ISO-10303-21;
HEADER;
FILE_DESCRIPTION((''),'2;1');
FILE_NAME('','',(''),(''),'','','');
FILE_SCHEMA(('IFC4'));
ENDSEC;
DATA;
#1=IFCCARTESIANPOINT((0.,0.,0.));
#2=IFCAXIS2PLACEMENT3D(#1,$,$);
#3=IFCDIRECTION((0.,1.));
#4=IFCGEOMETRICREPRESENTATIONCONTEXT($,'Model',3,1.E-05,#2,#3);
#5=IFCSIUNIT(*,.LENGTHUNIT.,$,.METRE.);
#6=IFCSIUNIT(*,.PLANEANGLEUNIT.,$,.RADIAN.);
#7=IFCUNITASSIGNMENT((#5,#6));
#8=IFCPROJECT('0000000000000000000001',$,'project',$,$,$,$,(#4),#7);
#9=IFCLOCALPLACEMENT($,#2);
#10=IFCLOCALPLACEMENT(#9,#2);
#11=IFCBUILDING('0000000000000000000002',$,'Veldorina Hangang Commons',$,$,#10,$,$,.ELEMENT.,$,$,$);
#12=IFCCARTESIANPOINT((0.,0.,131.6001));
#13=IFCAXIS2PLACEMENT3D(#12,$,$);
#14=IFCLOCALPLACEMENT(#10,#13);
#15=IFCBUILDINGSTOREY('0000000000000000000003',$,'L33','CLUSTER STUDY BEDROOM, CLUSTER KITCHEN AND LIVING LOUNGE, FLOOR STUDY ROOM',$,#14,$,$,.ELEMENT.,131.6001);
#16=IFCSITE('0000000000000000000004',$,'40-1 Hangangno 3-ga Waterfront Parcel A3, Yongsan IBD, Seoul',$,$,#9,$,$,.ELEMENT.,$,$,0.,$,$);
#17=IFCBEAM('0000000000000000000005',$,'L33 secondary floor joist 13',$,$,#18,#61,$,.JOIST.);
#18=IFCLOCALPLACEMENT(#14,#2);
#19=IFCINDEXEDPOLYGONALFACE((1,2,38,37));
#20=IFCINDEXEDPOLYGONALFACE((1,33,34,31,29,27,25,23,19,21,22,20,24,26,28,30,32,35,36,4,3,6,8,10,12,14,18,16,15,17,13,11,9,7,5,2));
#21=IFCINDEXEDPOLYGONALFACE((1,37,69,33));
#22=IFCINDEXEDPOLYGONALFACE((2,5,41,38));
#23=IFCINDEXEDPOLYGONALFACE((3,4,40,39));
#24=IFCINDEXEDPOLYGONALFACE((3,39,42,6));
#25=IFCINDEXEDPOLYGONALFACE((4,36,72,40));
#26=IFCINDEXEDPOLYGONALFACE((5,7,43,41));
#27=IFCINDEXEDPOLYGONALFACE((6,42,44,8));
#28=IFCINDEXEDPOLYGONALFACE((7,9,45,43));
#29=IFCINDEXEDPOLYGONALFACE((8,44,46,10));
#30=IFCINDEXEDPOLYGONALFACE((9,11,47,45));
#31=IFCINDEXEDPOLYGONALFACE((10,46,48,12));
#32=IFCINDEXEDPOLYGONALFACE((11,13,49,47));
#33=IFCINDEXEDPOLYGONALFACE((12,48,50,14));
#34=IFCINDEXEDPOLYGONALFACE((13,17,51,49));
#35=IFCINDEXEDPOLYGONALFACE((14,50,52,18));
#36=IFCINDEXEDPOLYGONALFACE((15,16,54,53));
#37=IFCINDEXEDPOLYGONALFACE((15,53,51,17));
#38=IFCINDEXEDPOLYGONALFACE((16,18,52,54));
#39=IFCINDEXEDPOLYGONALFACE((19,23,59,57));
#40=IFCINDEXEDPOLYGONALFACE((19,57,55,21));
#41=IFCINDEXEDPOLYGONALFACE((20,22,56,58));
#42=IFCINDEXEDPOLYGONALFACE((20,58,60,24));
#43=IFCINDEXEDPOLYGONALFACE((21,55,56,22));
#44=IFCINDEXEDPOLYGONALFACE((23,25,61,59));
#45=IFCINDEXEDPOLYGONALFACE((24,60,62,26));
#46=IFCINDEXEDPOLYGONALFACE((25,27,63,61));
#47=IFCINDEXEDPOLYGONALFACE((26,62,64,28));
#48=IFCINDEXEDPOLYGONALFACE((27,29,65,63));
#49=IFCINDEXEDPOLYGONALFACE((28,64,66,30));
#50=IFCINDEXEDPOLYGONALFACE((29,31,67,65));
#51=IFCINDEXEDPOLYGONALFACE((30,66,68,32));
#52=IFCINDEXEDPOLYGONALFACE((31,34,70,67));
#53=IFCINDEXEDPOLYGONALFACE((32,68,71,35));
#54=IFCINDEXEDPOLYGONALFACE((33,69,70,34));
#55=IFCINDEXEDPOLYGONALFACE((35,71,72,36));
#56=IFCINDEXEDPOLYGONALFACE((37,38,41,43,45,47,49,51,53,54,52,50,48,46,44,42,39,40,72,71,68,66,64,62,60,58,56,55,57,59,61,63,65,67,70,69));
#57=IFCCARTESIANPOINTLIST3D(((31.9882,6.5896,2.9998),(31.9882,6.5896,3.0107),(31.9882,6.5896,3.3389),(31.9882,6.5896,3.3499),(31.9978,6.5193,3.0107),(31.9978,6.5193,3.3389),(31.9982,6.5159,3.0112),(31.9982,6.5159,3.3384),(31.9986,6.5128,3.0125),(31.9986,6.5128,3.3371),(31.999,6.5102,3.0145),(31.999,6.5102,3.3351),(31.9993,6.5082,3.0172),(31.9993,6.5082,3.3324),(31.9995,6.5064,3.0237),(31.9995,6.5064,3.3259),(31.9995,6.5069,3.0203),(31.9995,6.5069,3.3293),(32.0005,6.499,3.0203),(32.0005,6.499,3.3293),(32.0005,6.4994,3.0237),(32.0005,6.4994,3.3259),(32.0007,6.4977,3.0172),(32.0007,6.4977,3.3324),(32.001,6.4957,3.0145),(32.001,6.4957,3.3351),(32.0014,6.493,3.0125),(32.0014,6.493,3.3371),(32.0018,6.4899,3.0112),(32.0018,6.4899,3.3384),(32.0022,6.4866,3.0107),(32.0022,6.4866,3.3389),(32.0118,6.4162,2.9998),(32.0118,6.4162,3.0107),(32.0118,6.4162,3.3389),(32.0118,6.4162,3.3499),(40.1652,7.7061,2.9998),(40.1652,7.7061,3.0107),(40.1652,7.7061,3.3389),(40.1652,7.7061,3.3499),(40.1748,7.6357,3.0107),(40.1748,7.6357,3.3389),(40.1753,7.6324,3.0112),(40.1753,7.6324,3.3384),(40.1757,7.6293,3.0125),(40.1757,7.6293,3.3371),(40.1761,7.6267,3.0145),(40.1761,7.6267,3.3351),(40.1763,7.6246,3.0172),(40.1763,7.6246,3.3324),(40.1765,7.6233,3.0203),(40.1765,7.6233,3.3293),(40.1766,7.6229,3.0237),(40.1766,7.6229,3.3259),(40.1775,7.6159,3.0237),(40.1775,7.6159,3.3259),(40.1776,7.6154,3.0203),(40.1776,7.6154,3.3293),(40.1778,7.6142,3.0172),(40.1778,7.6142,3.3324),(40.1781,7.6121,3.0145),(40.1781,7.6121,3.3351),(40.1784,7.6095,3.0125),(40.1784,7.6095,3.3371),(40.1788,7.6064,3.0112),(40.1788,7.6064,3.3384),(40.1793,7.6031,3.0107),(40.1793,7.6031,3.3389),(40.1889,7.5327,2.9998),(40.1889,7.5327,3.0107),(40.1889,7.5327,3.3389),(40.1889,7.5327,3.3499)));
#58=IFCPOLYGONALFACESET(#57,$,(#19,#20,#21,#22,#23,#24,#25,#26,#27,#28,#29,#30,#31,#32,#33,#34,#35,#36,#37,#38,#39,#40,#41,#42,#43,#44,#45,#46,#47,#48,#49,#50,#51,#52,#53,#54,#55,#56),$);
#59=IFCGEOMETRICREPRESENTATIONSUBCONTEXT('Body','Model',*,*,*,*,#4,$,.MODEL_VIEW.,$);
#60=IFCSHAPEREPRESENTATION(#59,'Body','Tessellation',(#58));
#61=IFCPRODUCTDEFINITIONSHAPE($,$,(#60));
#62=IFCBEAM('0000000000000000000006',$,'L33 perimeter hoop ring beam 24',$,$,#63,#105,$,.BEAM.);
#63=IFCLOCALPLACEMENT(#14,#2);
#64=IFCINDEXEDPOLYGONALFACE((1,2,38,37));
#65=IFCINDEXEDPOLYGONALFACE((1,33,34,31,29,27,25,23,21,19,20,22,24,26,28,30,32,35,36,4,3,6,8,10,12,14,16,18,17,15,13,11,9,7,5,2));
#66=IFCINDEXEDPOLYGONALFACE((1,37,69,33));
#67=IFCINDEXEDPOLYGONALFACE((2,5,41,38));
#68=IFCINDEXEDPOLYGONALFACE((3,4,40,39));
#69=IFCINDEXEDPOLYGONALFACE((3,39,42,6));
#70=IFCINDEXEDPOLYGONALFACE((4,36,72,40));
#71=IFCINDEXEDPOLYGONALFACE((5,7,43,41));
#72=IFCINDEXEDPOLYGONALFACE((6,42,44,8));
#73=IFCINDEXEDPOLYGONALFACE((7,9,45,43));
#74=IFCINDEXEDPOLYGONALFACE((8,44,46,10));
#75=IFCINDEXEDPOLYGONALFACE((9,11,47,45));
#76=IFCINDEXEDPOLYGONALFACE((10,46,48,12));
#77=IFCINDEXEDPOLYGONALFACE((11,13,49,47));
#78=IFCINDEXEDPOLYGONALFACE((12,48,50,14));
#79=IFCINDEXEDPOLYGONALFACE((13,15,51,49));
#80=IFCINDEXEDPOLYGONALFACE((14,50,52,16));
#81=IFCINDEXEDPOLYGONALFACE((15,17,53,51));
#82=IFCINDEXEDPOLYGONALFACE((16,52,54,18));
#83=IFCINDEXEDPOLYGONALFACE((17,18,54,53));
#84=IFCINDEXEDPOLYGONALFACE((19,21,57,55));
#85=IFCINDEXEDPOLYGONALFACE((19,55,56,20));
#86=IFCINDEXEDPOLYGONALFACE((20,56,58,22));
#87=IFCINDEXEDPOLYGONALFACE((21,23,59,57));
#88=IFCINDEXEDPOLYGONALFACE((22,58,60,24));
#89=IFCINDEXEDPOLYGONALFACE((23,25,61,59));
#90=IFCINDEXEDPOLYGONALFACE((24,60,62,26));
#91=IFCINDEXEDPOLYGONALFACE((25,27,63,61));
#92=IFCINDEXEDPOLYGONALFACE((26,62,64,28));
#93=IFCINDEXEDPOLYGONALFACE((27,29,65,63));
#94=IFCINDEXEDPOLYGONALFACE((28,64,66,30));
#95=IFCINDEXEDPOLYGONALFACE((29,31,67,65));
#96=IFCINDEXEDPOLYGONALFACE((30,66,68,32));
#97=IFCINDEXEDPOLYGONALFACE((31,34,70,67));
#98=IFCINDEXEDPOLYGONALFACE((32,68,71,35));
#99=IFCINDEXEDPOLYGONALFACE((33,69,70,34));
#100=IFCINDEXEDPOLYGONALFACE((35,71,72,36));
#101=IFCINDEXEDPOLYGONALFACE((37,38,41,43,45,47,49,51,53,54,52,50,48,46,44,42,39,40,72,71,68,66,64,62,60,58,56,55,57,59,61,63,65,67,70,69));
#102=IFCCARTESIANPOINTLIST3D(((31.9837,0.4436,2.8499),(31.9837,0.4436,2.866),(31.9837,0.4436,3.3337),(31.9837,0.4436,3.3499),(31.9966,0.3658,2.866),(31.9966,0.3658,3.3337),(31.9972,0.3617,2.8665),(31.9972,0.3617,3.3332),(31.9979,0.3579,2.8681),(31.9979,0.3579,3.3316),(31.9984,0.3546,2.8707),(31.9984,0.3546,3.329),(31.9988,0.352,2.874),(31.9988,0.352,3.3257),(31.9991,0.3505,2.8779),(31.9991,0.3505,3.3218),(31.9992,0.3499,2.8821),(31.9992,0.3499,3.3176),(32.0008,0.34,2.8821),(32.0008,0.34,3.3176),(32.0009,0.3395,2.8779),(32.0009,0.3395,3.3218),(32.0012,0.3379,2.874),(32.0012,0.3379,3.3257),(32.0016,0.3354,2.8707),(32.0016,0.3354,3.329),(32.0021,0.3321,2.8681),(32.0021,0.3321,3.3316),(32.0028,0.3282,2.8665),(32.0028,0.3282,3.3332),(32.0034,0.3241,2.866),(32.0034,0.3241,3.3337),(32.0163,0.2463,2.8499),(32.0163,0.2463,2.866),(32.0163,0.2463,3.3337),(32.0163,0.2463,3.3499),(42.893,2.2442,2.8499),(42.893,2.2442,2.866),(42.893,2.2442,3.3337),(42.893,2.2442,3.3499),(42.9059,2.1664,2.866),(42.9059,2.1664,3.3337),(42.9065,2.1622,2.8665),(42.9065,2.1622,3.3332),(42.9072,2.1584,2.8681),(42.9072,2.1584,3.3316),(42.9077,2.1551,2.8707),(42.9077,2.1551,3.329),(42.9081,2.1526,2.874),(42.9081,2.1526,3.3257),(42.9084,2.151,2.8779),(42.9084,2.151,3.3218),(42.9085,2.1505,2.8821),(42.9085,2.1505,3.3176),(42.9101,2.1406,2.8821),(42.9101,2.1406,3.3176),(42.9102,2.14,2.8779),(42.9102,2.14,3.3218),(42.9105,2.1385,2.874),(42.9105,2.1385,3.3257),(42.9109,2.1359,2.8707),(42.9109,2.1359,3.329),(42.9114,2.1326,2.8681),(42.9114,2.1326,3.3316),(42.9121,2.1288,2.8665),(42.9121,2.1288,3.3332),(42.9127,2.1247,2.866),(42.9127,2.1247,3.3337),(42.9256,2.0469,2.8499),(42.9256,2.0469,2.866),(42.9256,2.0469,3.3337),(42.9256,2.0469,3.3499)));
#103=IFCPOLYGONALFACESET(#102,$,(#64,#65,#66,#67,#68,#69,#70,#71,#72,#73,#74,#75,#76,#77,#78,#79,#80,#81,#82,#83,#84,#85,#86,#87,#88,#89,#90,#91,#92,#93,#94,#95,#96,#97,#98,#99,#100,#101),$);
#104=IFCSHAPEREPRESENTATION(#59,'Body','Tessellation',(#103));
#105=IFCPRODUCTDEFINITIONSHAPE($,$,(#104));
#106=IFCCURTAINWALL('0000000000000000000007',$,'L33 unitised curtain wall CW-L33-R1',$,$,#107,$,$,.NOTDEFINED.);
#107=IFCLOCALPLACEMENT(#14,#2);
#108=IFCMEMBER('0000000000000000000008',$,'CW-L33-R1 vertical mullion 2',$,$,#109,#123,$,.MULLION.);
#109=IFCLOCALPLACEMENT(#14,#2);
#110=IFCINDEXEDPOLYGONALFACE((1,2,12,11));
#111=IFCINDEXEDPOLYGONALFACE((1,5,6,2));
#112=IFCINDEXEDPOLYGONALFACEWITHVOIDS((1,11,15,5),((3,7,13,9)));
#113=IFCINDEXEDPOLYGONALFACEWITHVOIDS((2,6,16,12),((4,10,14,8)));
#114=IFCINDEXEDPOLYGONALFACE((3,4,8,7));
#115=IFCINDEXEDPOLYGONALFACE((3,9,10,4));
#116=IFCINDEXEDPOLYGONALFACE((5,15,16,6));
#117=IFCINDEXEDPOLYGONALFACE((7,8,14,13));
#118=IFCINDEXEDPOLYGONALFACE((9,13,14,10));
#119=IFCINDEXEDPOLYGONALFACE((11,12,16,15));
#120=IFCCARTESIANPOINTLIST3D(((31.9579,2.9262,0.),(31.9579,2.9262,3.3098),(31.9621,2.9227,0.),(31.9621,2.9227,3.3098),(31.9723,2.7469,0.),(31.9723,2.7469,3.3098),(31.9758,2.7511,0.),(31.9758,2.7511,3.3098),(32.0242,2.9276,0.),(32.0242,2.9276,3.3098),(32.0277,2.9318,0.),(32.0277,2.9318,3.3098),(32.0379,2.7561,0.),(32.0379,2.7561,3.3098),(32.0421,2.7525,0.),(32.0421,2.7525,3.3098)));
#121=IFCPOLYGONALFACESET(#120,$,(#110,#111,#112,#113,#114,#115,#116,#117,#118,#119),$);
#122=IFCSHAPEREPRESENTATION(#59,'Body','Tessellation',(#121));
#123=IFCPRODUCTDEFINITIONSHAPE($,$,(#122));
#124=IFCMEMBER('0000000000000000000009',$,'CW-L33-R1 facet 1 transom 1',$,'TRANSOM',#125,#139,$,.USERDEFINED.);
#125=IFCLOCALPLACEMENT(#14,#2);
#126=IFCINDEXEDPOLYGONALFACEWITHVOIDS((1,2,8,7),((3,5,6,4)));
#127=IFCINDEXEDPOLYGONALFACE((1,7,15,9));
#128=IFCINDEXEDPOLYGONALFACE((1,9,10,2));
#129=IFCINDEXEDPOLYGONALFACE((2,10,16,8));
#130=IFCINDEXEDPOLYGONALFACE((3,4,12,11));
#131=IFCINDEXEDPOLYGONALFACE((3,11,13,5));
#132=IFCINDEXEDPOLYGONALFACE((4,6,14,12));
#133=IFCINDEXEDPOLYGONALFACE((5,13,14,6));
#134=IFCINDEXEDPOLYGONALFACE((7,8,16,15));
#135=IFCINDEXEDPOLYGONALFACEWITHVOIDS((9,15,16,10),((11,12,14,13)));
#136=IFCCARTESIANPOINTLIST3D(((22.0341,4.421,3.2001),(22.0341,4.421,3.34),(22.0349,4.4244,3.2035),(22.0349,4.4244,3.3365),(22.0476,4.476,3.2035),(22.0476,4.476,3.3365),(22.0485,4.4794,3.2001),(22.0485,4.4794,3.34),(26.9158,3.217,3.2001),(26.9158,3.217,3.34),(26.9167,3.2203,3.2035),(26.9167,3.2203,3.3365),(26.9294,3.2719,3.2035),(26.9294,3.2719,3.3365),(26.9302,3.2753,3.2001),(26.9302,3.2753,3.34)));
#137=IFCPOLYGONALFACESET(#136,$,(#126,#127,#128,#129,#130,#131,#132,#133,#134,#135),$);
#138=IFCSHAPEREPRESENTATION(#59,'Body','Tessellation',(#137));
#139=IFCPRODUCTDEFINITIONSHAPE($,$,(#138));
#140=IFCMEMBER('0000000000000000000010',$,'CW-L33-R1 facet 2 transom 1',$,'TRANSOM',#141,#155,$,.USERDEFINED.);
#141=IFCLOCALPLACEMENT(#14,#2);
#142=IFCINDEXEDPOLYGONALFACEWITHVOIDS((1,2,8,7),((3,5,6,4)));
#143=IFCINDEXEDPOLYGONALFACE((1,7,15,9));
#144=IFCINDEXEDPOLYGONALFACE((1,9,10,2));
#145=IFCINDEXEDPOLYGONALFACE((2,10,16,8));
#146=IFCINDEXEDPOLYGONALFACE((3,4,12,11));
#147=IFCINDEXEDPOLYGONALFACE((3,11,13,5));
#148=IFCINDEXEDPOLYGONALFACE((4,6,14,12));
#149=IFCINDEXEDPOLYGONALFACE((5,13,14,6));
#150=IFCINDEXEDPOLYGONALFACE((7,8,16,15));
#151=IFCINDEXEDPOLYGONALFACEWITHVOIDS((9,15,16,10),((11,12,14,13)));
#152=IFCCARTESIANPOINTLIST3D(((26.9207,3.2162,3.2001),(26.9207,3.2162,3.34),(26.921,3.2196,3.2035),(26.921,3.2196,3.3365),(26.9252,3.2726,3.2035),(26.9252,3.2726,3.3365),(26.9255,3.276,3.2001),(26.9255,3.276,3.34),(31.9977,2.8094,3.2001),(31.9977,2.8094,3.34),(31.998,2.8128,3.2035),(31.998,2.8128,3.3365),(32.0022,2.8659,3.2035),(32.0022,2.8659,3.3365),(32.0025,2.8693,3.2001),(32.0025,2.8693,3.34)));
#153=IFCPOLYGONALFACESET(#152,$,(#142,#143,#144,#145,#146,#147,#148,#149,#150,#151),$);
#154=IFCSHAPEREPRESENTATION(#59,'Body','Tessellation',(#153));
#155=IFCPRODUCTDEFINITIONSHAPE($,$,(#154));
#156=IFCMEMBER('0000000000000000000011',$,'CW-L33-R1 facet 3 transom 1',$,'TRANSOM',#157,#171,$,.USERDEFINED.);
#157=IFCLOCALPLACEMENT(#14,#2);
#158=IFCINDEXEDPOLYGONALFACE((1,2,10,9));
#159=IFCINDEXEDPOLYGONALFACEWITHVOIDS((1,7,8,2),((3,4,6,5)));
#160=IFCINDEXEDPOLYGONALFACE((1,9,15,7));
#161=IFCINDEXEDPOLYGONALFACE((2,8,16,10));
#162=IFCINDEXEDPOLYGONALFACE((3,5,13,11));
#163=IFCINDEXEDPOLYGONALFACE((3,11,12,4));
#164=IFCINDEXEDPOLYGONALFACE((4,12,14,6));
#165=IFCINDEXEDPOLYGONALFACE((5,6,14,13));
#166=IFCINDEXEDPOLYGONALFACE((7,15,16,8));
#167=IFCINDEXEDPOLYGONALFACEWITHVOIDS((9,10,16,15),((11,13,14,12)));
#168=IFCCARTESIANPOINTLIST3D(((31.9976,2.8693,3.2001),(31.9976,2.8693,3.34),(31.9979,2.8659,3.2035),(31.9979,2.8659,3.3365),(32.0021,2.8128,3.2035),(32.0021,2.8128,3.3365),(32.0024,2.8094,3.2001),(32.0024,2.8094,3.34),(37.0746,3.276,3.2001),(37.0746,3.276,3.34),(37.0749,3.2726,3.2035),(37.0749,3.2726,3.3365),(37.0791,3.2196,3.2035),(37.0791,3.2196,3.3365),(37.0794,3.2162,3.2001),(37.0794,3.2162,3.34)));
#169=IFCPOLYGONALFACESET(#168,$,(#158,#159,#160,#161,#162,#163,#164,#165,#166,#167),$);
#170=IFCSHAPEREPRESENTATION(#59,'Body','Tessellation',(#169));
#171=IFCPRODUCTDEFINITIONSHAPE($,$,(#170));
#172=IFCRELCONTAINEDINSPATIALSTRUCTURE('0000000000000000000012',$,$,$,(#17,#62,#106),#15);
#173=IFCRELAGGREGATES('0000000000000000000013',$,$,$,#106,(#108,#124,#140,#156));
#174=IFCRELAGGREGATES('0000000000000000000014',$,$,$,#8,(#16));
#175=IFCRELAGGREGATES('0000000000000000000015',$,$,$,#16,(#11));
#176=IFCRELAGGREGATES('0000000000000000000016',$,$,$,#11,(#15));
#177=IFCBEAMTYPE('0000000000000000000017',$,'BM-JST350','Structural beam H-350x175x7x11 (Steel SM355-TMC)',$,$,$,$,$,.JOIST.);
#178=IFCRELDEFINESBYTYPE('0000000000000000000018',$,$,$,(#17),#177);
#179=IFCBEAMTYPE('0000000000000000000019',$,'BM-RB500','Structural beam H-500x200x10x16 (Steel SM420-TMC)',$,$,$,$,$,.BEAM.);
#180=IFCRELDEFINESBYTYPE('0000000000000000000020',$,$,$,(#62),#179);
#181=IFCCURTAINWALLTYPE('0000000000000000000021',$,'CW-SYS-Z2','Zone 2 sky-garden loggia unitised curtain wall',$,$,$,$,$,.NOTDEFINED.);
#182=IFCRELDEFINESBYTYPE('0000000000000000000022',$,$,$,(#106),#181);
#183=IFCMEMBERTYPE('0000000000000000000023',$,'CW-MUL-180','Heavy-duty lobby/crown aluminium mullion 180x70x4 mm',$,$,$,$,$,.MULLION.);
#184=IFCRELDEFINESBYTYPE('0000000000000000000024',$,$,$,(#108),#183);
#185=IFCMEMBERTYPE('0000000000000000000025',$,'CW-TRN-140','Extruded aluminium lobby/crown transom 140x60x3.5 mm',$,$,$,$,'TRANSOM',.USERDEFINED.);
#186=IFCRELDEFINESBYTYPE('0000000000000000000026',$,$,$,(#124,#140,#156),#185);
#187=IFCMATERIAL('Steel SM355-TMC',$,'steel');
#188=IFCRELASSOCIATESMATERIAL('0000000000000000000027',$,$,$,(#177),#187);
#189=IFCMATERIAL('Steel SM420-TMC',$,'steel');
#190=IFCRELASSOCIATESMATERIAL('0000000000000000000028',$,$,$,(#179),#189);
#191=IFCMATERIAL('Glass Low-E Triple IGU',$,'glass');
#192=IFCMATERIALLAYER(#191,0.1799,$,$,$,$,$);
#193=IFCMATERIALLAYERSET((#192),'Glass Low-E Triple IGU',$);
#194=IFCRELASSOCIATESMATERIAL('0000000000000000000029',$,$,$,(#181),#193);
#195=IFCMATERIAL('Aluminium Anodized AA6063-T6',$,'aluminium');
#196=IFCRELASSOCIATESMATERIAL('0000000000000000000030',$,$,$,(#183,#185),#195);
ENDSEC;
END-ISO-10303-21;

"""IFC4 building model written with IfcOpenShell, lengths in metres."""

from ifc_helpers import new_model, si_unit, direction, frame, origin, origin_2d, place, context, subcontext, project, spatial, hollow_rectangle, i_section, extrude, material, layer, layer_set, material_profile, profile_set, type_object, element, aggregate, save


model = new_model("IFC4")

# Units and contexts
model_context = context("Model", 3, precision=1e-05, world=origin(), true_north=direction((0.0, 1.0)))
body_context = subcontext(model_context, "Body", "Model", "MODEL_VIEW")
ifc_project = project(units=[si_unit("LENGTHUNIT", "METRE"), si_unit("PLANEANGLEUNIT", "RADIAN")], contexts=[model_context])

# Site, building, storey
site_placement = place(None, origin())
site = spatial("IfcSite", under=ifc_project, at=site_placement, Name="40-1 Hangangno 3-ga Waterfront Parcel A3, Yongsan IBD, Seoul", CompositionType="ELEMENT", RefElevation=0.0)
building_placement = place(site_placement, origin())
building = spatial("IfcBuilding", under=site, at=building_placement, Name="Veldorina Hangang Commons", CompositionType="ELEMENT")
storey_placement = place(building_placement, frame((0.0, 0.0, 131.6001)))
storey = spatial("IfcBuildingStorey", under=building, at=storey_placement, Name="L33", Description="CLUSTER STUDY BEDROOM, CLUSTER KITCHEN AND LIVING LOUNGE, FLOOR STUDY ROOM", CompositionType="ELEMENT", Elevation=131.6001)

# Beams
ifc_material_1 = material(Name="Steel SM355-TMC", Category="steel")
ifc_material_profile_1 = material_profile(ifc_material_1, i_section(OverallWidth=0.175, OverallDepth=0.3501, WebThickness=0.0071, FlangeThickness=0.011, FilletRadius=0.0129, at=origin_2d()), Name="H-350x175x7x11")
ifc_profile_set_1 = profile_set([ifc_material_profile_1], Name="Steel SM355-TMC")
beam_type_1 = type_object("IfcBeamType", Name="BM-JST350", Description="Structural beam H-350x175x7x11 (Steel SM355-TMC)", PredefinedType="JOIST", material=ifc_profile_set_1)
beam_1_placement = place(storey_placement, frame((32.0, 6.5029, 3.1748), z_axis=(0.990807, 0.135281, 0.0), x_axis=(-0.135281, 0.990807, 0.0)))
element("IfcBeam", 1, at=beam_1_placement, inside=storey, type_object=beam_type_1, Name="L33 secondary floor joist 13", PredefinedType="JOIST", context=body_context, shape_type="SweptSolid", body=[
    extrude(i_section(OverallWidth=0.175, OverallDepth=0.3501, WebThickness=0.0071, FlangeThickness=0.011, FilletRadius=0.0129, at=origin_2d()), origin(), (0.0, 0.0, 1.0), 8.2529),
])
ifc_material_2 = material(Name="Steel SM420-TMC", Category="steel")
ifc_material_profile_2 = material_profile(ifc_material_2, i_section(OverallWidth=0.2, OverallDepth=0.5, WebThickness=0.01, FlangeThickness=0.0161, FilletRadius=0.0161, at=origin_2d()), Name="H-500x200x10x16")
ifc_profile_set_2 = profile_set([ifc_material_profile_2], Name="Steel SM420-TMC")
beam_type_2 = type_object("IfcBeamType", Name="BM-RB500", Description="Structural beam H-500x200x10x16 (Steel SM420-TMC)", PredefinedType="BEAM", material=ifc_profile_set_2)
beam_2_placement = place(storey_placement, frame((32.0, 0.345, 3.0999), z_axis=(0.986652, 0.162845, 0.0), x_axis=(-0.162845, 0.986652, 0.0)))
element("IfcBeam", 2, at=beam_2_placement, inside=storey, type_object=beam_type_2, Name="L33 perimeter hoop ring beam 24", PredefinedType="BEAM", context=body_context, shape_type="SweptSolid", body=[
    extrude(i_section(OverallWidth=0.2, OverallDepth=0.5, WebThickness=0.01, FlangeThickness=0.0161, FilletRadius=0.0161, at=origin_2d()), origin(), (0.0, 0.0, 1.0), 11.0569),
])

# Curtain wall, members
ifc_material_3 = material(Name="Glass Low-E Triple IGU", Category="glass")
ifc_layer_1 = layer(ifc_material_3, 0.1799)
ifc_layer_set_1 = layer_set([ifc_layer_1], Name="Glass Low-E Triple IGU")
curtain_wall_type = type_object("IfcCurtainWallType", Name="CW-SYS-Z2", Description="Zone 2 sky-garden loggia unitised curtain wall", PredefinedType="NOTDEFINED", material=ifc_layer_set_1)
curtain_wall_placement = place(storey_placement, origin())
curtain_wall = element("IfcCurtainWall", 3, at=curtain_wall_placement, inside=storey, type_object=curtain_wall_type, Name="L33 unitised curtain wall CW-L33-R1", PredefinedType="NOTDEFINED")
ifc_material_4 = material(Name="Aluminium Anodized AA6063-T6", Category="aluminium")
ifc_material_profile_3 = material_profile(ifc_material_4, hollow_rectangle(XDim=0.0701, YDim=0.1799, WallThickness=0.0039, at=origin_2d()), Name="ALU-RHS-180x70x4")
ifc_profile_set_3 = profile_set([ifc_material_profile_3], Name="Aluminium Anodized AA6063-T6")
member_type_1 = type_object("IfcMemberType", Name="CW-MUL-180", Description="Heavy-duty lobby/crown aluminium mullion 180x70x4 mm", PredefinedType="MULLION", material=ifc_profile_set_3)
member_1_placement = place(storey_placement, frame((32.0, 2.8394, 0.0), z_axis=(0.0, 0.0, 1.0), x_axis=(0.996808, 0.079834, 0.0)))
member_1 = element("IfcMember", 4, at=member_1_placement, type_object=member_type_1, Name="CW-L33-R1 vertical mullion 2", PredefinedType="MULLION", context=body_context, shape_type="SweptSolid", body=[
    extrude(hollow_rectangle(XDim=0.0701, YDim=0.1799, WallThickness=0.0039, at=origin_2d()), origin(), (0.0, 0.0, 1.0), 3.3098),
])
ifc_material_profile_4 = material_profile(ifc_material_4, hollow_rectangle(XDim=0.0601, YDim=0.1399, WallThickness=0.0034, at=origin_2d()), Name="ALU-RHS-140x60x3.5")
ifc_profile_set_4 = profile_set([ifc_material_profile_4], Name="Aluminium Anodized AA6063-T6")
member_type_2 = type_object("IfcMemberType", Name="CW-TRN-140", Description="Extruded aluminium lobby/crown transom 140x60x3.5 mm", ElementType="TRANSOM", PredefinedType="USERDEFINED", material=ifc_profile_set_4)
member_2_placement = place(storey_placement, frame((22.0413, 4.4502, 3.27), z_axis=(0.970903, -0.239473, 0.0), x_axis=(0.239473, 0.970903, 0.0)))
member_2 = element("IfcMember", 5, at=member_2_placement, type_object=member_type_2, Name="CW-L33-R1 facet 1 transom 1", ObjectType="TRANSOM", PredefinedType="USERDEFINED", context=body_context, shape_type="SweptSolid", body=[
    extrude(hollow_rectangle(XDim=0.0601, YDim=0.1399, WallThickness=0.0034, at=origin_2d()), origin(), (0.0, 0.0, 1.0), 5.0281),
])
member_3_placement = place(storey_placement, frame((26.9231, 3.2461, 3.27), z_axis=(0.996806, -0.07986, 0.0), x_axis=(0.07986, 0.996806, 0.0)))
member_3 = element("IfcMember", 6, at=member_3_placement, type_object=member_type_2, Name="CW-L33-R1 facet 2 transom 1", ObjectType="TRANSOM", PredefinedType="USERDEFINED", context=body_context, shape_type="SweptSolid", body=[
    extrude(hollow_rectangle(XDim=0.0601, YDim=0.1399, WallThickness=0.0034, at=origin_2d()), origin(), (0.0, 0.0, 1.0), 5.0933),
])
member_4_placement = place(storey_placement, frame((32.0, 2.8394, 3.27), z_axis=(0.996806, 0.07986, 0.0), x_axis=(-0.07986, 0.996806, 0.0)))
member_4 = element("IfcMember", 7, at=member_4_placement, type_object=member_type_2, Name="CW-L33-R1 facet 3 transom 1", ObjectType="TRANSOM", PredefinedType="USERDEFINED", context=body_context, shape_type="SweptSolid", body=[
    extrude(hollow_rectangle(XDim=0.0601, YDim=0.1399, WallThickness=0.0034, at=origin_2d()), origin(), (0.0, 0.0, 1.0), 5.0933),
])

aggregate(curtain_wall, [member_1, member_2, member_3, member_4])

save(model, "model.ifc")
